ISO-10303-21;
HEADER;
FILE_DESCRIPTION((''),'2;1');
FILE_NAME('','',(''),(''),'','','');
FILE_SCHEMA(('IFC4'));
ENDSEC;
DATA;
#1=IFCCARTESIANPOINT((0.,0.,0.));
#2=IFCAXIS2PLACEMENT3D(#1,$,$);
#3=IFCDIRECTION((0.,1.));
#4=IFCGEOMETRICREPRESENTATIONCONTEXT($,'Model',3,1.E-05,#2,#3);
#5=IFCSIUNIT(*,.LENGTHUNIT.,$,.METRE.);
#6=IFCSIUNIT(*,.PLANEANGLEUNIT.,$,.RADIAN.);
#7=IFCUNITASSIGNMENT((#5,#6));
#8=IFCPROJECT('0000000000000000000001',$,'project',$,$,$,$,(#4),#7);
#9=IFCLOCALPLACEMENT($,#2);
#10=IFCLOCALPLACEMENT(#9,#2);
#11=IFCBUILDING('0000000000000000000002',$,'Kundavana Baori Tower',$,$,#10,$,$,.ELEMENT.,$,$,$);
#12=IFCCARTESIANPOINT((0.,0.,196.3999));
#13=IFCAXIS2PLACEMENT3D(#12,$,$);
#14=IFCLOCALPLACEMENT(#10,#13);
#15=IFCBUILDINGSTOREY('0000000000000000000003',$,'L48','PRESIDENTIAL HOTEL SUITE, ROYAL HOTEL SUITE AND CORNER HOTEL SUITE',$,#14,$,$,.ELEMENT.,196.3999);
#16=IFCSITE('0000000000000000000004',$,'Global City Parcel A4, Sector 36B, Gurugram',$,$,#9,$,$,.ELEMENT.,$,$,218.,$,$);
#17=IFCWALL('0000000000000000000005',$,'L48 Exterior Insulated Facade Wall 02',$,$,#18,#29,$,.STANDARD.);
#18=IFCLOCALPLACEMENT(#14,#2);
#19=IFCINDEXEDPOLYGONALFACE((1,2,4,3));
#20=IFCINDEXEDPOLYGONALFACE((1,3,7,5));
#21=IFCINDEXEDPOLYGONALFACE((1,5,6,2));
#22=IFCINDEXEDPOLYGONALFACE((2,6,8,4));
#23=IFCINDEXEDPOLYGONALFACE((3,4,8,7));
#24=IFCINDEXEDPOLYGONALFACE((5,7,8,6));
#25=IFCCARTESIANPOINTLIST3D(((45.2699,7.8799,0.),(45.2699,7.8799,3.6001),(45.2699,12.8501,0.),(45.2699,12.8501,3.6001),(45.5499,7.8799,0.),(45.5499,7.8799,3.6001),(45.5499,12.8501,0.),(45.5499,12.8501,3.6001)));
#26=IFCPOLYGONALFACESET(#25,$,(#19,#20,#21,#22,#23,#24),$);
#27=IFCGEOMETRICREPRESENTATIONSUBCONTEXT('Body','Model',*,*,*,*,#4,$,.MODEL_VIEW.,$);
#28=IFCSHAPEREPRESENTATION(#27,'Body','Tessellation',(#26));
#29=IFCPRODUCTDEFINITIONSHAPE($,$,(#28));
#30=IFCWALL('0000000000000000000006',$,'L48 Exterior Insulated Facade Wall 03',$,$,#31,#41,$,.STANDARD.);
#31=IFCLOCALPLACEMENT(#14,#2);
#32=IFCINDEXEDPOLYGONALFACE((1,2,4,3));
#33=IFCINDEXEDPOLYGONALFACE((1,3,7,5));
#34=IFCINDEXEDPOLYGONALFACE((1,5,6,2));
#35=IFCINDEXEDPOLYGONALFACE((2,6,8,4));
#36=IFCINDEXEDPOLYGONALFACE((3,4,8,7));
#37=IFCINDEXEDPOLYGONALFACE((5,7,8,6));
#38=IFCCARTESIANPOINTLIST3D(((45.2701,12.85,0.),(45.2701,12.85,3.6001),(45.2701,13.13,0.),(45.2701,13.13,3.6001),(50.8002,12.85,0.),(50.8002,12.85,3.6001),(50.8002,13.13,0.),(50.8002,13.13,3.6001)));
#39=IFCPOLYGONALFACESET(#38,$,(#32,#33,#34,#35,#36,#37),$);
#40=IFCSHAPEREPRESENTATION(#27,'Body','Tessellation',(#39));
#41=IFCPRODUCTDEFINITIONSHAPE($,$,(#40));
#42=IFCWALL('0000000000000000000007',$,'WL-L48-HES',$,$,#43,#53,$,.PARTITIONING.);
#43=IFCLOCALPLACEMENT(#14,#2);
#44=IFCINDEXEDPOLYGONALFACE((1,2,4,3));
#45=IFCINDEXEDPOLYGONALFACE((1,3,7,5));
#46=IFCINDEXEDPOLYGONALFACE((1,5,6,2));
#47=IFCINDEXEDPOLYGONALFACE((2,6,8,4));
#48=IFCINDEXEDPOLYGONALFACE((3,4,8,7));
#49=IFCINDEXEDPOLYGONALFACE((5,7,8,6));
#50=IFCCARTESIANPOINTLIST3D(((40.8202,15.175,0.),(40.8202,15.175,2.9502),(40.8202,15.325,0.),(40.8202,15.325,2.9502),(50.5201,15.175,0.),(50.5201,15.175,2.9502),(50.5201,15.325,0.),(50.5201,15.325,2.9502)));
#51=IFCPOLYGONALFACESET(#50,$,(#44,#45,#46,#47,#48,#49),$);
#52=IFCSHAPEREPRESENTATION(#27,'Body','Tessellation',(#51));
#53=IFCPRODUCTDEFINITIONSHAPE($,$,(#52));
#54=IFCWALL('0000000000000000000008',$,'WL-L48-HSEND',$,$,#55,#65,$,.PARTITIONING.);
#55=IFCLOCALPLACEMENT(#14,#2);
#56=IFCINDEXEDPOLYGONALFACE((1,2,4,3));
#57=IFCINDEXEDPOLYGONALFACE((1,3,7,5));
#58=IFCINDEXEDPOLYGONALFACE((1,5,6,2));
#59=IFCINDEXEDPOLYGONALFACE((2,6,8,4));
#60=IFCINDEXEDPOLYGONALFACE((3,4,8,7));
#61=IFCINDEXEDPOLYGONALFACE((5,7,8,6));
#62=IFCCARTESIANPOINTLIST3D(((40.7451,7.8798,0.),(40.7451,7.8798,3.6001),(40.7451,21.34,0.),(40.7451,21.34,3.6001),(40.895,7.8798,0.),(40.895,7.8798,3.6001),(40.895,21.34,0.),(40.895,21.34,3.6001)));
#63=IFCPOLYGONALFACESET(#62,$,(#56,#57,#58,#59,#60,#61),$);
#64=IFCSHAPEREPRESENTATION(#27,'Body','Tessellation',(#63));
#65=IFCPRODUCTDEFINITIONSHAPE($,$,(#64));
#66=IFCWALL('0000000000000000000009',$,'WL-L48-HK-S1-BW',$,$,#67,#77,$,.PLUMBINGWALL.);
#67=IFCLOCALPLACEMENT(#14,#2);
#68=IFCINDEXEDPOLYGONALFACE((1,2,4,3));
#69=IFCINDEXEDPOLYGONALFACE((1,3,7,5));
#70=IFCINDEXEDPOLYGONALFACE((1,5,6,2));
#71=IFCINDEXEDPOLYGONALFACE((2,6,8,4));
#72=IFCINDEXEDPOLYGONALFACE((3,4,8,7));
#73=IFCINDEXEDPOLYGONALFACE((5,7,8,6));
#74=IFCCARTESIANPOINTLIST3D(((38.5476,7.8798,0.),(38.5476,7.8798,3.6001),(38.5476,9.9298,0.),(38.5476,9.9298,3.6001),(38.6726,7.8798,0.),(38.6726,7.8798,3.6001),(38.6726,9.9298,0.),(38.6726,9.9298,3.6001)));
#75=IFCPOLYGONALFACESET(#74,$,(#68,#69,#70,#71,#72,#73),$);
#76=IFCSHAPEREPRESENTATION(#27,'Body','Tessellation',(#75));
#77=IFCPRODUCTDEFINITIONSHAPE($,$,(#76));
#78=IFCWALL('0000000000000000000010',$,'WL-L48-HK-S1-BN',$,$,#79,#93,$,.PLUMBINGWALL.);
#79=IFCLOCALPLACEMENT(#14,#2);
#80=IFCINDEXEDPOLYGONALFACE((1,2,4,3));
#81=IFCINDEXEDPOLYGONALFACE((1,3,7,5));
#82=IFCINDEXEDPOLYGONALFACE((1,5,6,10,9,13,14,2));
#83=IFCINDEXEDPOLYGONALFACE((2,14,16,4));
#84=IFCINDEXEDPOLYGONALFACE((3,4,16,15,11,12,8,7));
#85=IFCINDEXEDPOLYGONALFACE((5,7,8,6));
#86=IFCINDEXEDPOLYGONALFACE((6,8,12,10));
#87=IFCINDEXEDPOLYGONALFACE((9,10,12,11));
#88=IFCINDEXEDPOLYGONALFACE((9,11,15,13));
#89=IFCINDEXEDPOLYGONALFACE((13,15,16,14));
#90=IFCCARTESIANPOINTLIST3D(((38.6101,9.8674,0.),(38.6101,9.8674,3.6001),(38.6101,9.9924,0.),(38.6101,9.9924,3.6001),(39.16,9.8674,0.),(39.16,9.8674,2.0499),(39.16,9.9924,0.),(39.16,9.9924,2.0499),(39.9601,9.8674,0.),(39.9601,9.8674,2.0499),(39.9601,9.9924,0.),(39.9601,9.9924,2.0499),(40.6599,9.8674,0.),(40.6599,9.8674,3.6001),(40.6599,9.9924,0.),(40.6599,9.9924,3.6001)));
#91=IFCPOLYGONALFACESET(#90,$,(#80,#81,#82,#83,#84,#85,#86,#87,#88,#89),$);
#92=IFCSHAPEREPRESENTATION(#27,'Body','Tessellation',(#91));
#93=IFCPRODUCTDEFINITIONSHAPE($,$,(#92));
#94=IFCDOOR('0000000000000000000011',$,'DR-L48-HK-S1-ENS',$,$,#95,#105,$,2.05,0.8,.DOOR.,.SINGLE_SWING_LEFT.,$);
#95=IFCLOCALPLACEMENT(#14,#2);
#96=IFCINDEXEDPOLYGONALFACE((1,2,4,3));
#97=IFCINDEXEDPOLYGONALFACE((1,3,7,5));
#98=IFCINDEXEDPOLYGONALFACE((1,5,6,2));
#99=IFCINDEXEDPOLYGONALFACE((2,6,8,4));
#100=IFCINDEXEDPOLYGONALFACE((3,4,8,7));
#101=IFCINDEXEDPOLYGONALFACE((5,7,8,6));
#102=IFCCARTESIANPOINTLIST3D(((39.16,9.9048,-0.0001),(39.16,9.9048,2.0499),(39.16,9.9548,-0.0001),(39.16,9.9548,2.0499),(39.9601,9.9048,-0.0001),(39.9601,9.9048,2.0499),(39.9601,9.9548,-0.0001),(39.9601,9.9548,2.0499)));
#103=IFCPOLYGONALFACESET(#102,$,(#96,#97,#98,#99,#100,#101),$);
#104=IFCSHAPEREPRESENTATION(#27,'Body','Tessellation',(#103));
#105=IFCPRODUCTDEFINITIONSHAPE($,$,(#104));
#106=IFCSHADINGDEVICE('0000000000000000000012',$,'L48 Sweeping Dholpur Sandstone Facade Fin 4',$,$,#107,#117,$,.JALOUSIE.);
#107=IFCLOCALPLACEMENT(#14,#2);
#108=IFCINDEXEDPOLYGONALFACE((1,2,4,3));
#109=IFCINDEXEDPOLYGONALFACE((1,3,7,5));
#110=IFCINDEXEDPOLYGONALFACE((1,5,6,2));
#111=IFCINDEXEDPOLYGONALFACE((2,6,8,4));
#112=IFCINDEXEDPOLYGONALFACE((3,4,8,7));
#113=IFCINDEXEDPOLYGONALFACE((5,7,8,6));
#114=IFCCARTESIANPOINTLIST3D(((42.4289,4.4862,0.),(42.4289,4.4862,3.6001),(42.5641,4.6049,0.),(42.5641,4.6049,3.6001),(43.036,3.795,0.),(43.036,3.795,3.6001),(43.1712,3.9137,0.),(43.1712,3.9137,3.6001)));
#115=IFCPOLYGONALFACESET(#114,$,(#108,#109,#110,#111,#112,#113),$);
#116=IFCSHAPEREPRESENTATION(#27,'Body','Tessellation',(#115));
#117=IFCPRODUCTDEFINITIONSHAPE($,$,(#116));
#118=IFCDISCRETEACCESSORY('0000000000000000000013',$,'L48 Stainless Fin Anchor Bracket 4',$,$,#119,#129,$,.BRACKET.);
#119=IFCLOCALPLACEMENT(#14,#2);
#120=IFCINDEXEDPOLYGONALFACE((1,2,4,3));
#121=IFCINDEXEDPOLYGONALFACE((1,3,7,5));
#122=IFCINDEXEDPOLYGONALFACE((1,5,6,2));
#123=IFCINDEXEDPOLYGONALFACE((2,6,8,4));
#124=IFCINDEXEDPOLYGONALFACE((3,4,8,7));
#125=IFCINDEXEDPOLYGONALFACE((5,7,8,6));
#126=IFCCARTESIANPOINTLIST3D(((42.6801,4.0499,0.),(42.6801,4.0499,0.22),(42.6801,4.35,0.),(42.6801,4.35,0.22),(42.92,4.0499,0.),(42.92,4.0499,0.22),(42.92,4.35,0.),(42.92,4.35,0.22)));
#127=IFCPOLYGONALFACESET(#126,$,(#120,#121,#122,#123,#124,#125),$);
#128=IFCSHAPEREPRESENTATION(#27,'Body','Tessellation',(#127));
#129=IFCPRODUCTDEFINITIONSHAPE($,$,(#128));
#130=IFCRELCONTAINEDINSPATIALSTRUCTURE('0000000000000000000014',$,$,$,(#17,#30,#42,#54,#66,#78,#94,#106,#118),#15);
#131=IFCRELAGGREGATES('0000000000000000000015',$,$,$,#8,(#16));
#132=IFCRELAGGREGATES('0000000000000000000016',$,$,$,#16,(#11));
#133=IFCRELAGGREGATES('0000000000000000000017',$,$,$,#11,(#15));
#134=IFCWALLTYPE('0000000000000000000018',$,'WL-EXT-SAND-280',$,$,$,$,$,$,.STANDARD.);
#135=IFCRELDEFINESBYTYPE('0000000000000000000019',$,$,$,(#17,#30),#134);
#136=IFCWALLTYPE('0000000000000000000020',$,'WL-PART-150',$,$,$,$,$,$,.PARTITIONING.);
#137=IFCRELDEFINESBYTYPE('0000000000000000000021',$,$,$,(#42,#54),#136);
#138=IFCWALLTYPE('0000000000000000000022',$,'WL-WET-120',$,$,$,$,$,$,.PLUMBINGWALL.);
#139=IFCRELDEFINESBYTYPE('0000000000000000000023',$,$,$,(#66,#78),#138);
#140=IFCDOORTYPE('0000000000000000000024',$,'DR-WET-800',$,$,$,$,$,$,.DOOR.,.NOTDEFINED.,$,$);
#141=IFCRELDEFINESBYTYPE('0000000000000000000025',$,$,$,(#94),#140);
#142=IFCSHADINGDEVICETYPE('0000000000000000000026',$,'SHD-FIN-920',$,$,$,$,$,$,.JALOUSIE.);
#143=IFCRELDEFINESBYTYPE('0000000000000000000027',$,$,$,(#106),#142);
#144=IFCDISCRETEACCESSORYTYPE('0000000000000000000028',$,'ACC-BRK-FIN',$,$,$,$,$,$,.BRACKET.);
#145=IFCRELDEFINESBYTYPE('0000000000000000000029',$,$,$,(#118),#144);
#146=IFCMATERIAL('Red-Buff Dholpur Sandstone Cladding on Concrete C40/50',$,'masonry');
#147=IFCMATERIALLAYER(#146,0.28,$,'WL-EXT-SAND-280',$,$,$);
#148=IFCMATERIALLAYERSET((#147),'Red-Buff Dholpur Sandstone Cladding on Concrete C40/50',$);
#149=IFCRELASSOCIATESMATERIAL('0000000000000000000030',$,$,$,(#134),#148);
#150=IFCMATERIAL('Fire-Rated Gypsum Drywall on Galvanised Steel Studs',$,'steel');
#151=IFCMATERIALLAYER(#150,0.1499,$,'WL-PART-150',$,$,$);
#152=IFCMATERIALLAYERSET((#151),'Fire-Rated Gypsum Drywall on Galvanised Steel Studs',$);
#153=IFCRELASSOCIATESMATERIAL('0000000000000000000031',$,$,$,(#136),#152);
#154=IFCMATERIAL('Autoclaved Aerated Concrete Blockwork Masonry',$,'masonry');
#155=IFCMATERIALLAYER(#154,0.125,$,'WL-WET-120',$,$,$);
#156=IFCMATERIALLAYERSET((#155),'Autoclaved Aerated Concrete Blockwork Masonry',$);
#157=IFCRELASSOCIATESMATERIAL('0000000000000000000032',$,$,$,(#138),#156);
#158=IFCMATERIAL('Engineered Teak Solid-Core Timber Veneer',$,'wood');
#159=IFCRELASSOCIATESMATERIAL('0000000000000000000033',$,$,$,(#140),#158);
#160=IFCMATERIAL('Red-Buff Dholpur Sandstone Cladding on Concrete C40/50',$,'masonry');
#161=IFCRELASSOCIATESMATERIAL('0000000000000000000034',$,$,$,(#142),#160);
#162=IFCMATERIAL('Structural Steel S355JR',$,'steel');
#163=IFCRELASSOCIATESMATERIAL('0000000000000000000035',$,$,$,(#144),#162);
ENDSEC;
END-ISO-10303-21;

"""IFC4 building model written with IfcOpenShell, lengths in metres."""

from ifc_helpers import new_model, si_unit, direction, frame, frame_2d, origin, origin_2d, place, context, subcontext, project, spatial, rectangle, extrude, material, layer, layer_set, type_object, element, fill, save


model = new_model("IFC4")

# Units and contexts
model_context = context("Model", 3, precision=1e-05, world=origin(), true_north=direction((0.0, 1.0)))
body_context = subcontext(model_context, "Body", "Model", "MODEL_VIEW")
ifc_project = project(units=[si_unit("LENGTHUNIT", "METRE"), si_unit("PLANEANGLEUNIT", "RADIAN")], contexts=[model_context])

# Site, building, storey
site_placement = place(None, origin())
site = spatial("IfcSite", under=ifc_project, at=site_placement, Name="Global City Parcel A4, Sector 36B, Gurugram", CompositionType="ELEMENT", RefElevation=218.0)
building_placement = place(site_placement, origin())
building = spatial("IfcBuilding", under=site, at=building_placement, Name="Kundavana Baori Tower", CompositionType="ELEMENT")
storey_placement = place(building_placement, frame((0.0, 0.0, 196.3999)))
storey = spatial("IfcBuildingStorey", under=building, at=storey_placement, Name="L48", Description="PRESIDENTIAL HOTEL SUITE, ROYAL HOTEL SUITE AND CORNER HOTEL SUITE", CompositionType="ELEMENT", Elevation=196.3999)

# Walls
ifc_material_1 = material(Name="Red-Buff Dholpur Sandstone Cladding on Concrete C40/50", Category="masonry")
ifc_layer_1 = layer(ifc_material_1, 0.28, Name="WL-EXT-SAND-280")
ifc_layer_set_1 = layer_set([ifc_layer_1], Name="Red-Buff Dholpur Sandstone Cladding on Concrete C40/50")
wall_type_1 = type_object("IfcWallType", Name="WL-EXT-SAND-280", PredefinedType="STANDARD", material=ifc_layer_set_1)
wall_1_placement = place(storey_placement, frame((45.4099, 7.8799, 0.0), z_axis=(0.0, 0.0, 1.0), x_axis=(0.0, 1.0, 0.0)))
element("IfcWall", 1, at=wall_1_placement, inside=storey, type_object=wall_type_1, Name="L48 Exterior Insulated Facade Wall 02", PredefinedType="STANDARD", context=body_context, shape_type="SweptSolid", body=[
    extrude(rectangle(XDim=4.9702, YDim=0.28, at=frame_2d((2.4851, 0.0))), origin(), (0.0, 0.0, 1.0), 3.6001),
])
wall_2_placement = place(storey_placement, frame((45.27, 12.99, 0.0), z_axis=(0.0, 0.0, 1.0), x_axis=(1.0, 0.0, 0.0)))
element("IfcWall", 2, at=wall_2_placement, inside=storey, type_object=wall_type_1, Name="L48 Exterior Insulated Facade Wall 03", PredefinedType="STANDARD", context=body_context, shape_type="SweptSolid", body=[
    extrude(rectangle(XDim=5.53, YDim=0.28, at=frame_2d((2.7651, 0.0))), origin(), (0.0, 0.0, 1.0), 3.6001),
])

# Walls
ifc_material_2 = material(Name="Fire-Rated Gypsum Drywall on Galvanised Steel Studs", Category="steel")
ifc_layer_2 = layer(ifc_material_2, 0.1499, Name="WL-PART-150")
ifc_layer_set_2 = layer_set([ifc_layer_2], Name="Fire-Rated Gypsum Drywall on Galvanised Steel Studs")
wall_type_2 = type_object("IfcWallType", Name="WL-PART-150", PredefinedType="PARTITIONING", material=ifc_layer_set_2)
wall_3_placement = place(storey_placement, frame((40.8201, 15.25, 0.0), z_axis=(0.0, 0.0, 1.0), x_axis=(1.0, 0.0, 0.0)))
element("IfcWall", 3, at=wall_3_placement, inside=storey, type_object=wall_type_2, Name="WL-L48-HES", PredefinedType="PARTITIONING", context=body_context, shape_type="SweptSolid", body=[
    extrude(rectangle(XDim=9.7, YDim=0.1499, at=frame_2d((4.8501, 0.0))), origin(), (0.0, 0.0, 1.0), 2.9502),
])
wall_4_placement = place(storey_placement, frame((40.8201, 7.8799, 0.0), z_axis=(0.0, 0.0, 1.0), x_axis=(0.0, 1.0, 0.0)))
element("IfcWall", 4, at=wall_4_placement, inside=storey, type_object=wall_type_2, Name="WL-L48-HSEND", PredefinedType="PARTITIONING", context=body_context, shape_type="SweptSolid", body=[
    extrude(rectangle(XDim=13.4602, YDim=0.1499, at=frame_2d((6.73, 0.0))), origin(), (0.0, 0.0, 1.0), 3.6001),
])
ifc_material_3 = material(Name="Autoclaved Aerated Concrete Blockwork Masonry", Category="masonry")
ifc_layer_3 = layer(ifc_material_3, 0.125, Name="WL-WET-120")
ifc_layer_set_3 = layer_set([ifc_layer_3], Name="Autoclaved Aerated Concrete Blockwork Masonry")
wall_type_3 = type_object("IfcWallType", Name="WL-WET-120", PredefinedType="PLUMBINGWALL", material=ifc_layer_set_3)
wall_5_placement = place(storey_placement, frame((38.6101, 7.8799, 0.0), z_axis=(0.0, 0.0, 1.0), x_axis=(0.0, 1.0, 0.0)))
element("IfcWall", 5, at=wall_5_placement, inside=storey, type_object=wall_type_3, Name="WL-L48-HK-S1-BW", PredefinedType="PLUMBINGWALL", context=body_context, shape_type="SweptSolid", body=[
    extrude(rectangle(XDim=2.05, YDim=0.125, at=frame_2d((1.0249, 0.0))), origin(), (0.0, 0.0, 1.0), 3.6001),
])

# Wall, opening, door
wall_6_placement = place(storey_placement, frame((38.6101, 9.9299, 0.0), z_axis=(0.0, 0.0, 1.0), x_axis=(1.0, 0.0, 0.0)))
wall_6 = element("IfcWall", 6, at=wall_6_placement, inside=storey, type_object=wall_type_3, Name="WL-L48-HK-S1-BN", PredefinedType="PLUMBINGWALL", context=body_context, shape_type="SweptSolid", body=[
    extrude(rectangle(XDim=2.0498, YDim=0.125, at=frame_2d((1.0249, 0.0))), origin(), (0.0, 0.0, 1.0), 3.6001),
])
opening_1_placement = place(wall_6_placement, frame((0.55, 0.0, 0.0)))
opening_1 = element("IfcOpeningElement", 7, at=opening_1_placement, cuts=wall_6, PredefinedType="OPENING", context=body_context, shape_type="SweptSolid", body=[
    extrude(rectangle(XDim=0.8, YDim=2.05, at=frame_2d((0.3999, 1.0249))), frame((0.0, 0.0725, 0.0), z_axis=(0.0, -1.0, 0.0), x_axis=(1.0, 0.0, 0.0)), (0.0, 0.0, 1.0), 0.145),
])
ifc_material_4 = material(Name="Engineered Teak Solid-Core Timber Veneer", Category="wood")
door_type_1 = type_object("IfcDoorType", Name="DR-WET-800", OperationType="NOTDEFINED", PredefinedType="DOOR", material=ifc_material_4)
door_1_placement = place(opening_1_placement, origin())
door_1 = element("IfcDoor", 8, at=door_1_placement, inside=storey, type_object=door_type_1, Name="DR-L48-HK-S1-ENS", OperationType="SINGLE_SWING_LEFT", OverallHeight=2.05, OverallWidth=0.8, PredefinedType="DOOR", context=body_context, shape_type="SweptSolid", body=[
    extrude(rectangle(XDim=0.8, YDim=2.05, at=frame_2d((0.3999, 1.0249))), frame((0.0, 0.0249, 0.0), z_axis=(0.0, -1.0, 0.0), x_axis=(1.0, 0.0, 0.0)), (0.0, 0.0, 1.0), 0.05),
])
fill(opening_1, door_1)

# Shading device
ifc_material_5 = material(Name="Red-Buff Dholpur Sandstone Cladding on Concrete C40/50", Category="masonry")
shading_device_type = type_object("IfcShadingDeviceType", Name="SHD-FIN-920", PredefinedType="JALOUSIE", material=ifc_material_5)
shading_device_placement = place(storey_placement, frame((42.8, 4.2, 0.0), z_axis=(0.0, 0.0, 1.0), x_axis=(0.751379, 0.659871, 0.0)))
element("IfcShadingDevice", 9, at=shading_device_placement, inside=storey, type_object=shading_device_type, Name="L48 Sweeping Dholpur Sandstone Facade Fin 4", PredefinedType="JALOUSIE", context=body_context, shape_type="SweptSolid", body=[
    extrude(rectangle(XDim=0.1799, YDim=0.9199, at=origin_2d()), origin(), (0.0, 0.0, 1.0), 3.6001),
])

# Discrete accessory
ifc_material_6 = material(Name="Structural Steel S355JR", Category="steel")
discrete_accessory_type = type_object("IfcDiscreteAccessoryType", Name="ACC-BRK-FIN", PredefinedType="BRACKET", material=ifc_material_6)
discrete_accessory_placement = place(storey_placement, frame((42.8, 4.2, 0.0), z_axis=(0.0, 0.0, 1.0), x_axis=(1.0, 0.0, 0.0)))
element("IfcDiscreteAccessory", 10, at=discrete_accessory_placement, inside=storey, type_object=discrete_accessory_type, Name="L48 Stainless Fin Anchor Bracket 4", PredefinedType="BRACKET", context=body_context, shape_type="SweptSolid", body=[
    extrude(rectangle(XDim=0.24, YDim=0.3, at=origin_2d()), origin(), (0.0, 0.0, 1.0), 0.22),
])

save(model, "model.ifc")
